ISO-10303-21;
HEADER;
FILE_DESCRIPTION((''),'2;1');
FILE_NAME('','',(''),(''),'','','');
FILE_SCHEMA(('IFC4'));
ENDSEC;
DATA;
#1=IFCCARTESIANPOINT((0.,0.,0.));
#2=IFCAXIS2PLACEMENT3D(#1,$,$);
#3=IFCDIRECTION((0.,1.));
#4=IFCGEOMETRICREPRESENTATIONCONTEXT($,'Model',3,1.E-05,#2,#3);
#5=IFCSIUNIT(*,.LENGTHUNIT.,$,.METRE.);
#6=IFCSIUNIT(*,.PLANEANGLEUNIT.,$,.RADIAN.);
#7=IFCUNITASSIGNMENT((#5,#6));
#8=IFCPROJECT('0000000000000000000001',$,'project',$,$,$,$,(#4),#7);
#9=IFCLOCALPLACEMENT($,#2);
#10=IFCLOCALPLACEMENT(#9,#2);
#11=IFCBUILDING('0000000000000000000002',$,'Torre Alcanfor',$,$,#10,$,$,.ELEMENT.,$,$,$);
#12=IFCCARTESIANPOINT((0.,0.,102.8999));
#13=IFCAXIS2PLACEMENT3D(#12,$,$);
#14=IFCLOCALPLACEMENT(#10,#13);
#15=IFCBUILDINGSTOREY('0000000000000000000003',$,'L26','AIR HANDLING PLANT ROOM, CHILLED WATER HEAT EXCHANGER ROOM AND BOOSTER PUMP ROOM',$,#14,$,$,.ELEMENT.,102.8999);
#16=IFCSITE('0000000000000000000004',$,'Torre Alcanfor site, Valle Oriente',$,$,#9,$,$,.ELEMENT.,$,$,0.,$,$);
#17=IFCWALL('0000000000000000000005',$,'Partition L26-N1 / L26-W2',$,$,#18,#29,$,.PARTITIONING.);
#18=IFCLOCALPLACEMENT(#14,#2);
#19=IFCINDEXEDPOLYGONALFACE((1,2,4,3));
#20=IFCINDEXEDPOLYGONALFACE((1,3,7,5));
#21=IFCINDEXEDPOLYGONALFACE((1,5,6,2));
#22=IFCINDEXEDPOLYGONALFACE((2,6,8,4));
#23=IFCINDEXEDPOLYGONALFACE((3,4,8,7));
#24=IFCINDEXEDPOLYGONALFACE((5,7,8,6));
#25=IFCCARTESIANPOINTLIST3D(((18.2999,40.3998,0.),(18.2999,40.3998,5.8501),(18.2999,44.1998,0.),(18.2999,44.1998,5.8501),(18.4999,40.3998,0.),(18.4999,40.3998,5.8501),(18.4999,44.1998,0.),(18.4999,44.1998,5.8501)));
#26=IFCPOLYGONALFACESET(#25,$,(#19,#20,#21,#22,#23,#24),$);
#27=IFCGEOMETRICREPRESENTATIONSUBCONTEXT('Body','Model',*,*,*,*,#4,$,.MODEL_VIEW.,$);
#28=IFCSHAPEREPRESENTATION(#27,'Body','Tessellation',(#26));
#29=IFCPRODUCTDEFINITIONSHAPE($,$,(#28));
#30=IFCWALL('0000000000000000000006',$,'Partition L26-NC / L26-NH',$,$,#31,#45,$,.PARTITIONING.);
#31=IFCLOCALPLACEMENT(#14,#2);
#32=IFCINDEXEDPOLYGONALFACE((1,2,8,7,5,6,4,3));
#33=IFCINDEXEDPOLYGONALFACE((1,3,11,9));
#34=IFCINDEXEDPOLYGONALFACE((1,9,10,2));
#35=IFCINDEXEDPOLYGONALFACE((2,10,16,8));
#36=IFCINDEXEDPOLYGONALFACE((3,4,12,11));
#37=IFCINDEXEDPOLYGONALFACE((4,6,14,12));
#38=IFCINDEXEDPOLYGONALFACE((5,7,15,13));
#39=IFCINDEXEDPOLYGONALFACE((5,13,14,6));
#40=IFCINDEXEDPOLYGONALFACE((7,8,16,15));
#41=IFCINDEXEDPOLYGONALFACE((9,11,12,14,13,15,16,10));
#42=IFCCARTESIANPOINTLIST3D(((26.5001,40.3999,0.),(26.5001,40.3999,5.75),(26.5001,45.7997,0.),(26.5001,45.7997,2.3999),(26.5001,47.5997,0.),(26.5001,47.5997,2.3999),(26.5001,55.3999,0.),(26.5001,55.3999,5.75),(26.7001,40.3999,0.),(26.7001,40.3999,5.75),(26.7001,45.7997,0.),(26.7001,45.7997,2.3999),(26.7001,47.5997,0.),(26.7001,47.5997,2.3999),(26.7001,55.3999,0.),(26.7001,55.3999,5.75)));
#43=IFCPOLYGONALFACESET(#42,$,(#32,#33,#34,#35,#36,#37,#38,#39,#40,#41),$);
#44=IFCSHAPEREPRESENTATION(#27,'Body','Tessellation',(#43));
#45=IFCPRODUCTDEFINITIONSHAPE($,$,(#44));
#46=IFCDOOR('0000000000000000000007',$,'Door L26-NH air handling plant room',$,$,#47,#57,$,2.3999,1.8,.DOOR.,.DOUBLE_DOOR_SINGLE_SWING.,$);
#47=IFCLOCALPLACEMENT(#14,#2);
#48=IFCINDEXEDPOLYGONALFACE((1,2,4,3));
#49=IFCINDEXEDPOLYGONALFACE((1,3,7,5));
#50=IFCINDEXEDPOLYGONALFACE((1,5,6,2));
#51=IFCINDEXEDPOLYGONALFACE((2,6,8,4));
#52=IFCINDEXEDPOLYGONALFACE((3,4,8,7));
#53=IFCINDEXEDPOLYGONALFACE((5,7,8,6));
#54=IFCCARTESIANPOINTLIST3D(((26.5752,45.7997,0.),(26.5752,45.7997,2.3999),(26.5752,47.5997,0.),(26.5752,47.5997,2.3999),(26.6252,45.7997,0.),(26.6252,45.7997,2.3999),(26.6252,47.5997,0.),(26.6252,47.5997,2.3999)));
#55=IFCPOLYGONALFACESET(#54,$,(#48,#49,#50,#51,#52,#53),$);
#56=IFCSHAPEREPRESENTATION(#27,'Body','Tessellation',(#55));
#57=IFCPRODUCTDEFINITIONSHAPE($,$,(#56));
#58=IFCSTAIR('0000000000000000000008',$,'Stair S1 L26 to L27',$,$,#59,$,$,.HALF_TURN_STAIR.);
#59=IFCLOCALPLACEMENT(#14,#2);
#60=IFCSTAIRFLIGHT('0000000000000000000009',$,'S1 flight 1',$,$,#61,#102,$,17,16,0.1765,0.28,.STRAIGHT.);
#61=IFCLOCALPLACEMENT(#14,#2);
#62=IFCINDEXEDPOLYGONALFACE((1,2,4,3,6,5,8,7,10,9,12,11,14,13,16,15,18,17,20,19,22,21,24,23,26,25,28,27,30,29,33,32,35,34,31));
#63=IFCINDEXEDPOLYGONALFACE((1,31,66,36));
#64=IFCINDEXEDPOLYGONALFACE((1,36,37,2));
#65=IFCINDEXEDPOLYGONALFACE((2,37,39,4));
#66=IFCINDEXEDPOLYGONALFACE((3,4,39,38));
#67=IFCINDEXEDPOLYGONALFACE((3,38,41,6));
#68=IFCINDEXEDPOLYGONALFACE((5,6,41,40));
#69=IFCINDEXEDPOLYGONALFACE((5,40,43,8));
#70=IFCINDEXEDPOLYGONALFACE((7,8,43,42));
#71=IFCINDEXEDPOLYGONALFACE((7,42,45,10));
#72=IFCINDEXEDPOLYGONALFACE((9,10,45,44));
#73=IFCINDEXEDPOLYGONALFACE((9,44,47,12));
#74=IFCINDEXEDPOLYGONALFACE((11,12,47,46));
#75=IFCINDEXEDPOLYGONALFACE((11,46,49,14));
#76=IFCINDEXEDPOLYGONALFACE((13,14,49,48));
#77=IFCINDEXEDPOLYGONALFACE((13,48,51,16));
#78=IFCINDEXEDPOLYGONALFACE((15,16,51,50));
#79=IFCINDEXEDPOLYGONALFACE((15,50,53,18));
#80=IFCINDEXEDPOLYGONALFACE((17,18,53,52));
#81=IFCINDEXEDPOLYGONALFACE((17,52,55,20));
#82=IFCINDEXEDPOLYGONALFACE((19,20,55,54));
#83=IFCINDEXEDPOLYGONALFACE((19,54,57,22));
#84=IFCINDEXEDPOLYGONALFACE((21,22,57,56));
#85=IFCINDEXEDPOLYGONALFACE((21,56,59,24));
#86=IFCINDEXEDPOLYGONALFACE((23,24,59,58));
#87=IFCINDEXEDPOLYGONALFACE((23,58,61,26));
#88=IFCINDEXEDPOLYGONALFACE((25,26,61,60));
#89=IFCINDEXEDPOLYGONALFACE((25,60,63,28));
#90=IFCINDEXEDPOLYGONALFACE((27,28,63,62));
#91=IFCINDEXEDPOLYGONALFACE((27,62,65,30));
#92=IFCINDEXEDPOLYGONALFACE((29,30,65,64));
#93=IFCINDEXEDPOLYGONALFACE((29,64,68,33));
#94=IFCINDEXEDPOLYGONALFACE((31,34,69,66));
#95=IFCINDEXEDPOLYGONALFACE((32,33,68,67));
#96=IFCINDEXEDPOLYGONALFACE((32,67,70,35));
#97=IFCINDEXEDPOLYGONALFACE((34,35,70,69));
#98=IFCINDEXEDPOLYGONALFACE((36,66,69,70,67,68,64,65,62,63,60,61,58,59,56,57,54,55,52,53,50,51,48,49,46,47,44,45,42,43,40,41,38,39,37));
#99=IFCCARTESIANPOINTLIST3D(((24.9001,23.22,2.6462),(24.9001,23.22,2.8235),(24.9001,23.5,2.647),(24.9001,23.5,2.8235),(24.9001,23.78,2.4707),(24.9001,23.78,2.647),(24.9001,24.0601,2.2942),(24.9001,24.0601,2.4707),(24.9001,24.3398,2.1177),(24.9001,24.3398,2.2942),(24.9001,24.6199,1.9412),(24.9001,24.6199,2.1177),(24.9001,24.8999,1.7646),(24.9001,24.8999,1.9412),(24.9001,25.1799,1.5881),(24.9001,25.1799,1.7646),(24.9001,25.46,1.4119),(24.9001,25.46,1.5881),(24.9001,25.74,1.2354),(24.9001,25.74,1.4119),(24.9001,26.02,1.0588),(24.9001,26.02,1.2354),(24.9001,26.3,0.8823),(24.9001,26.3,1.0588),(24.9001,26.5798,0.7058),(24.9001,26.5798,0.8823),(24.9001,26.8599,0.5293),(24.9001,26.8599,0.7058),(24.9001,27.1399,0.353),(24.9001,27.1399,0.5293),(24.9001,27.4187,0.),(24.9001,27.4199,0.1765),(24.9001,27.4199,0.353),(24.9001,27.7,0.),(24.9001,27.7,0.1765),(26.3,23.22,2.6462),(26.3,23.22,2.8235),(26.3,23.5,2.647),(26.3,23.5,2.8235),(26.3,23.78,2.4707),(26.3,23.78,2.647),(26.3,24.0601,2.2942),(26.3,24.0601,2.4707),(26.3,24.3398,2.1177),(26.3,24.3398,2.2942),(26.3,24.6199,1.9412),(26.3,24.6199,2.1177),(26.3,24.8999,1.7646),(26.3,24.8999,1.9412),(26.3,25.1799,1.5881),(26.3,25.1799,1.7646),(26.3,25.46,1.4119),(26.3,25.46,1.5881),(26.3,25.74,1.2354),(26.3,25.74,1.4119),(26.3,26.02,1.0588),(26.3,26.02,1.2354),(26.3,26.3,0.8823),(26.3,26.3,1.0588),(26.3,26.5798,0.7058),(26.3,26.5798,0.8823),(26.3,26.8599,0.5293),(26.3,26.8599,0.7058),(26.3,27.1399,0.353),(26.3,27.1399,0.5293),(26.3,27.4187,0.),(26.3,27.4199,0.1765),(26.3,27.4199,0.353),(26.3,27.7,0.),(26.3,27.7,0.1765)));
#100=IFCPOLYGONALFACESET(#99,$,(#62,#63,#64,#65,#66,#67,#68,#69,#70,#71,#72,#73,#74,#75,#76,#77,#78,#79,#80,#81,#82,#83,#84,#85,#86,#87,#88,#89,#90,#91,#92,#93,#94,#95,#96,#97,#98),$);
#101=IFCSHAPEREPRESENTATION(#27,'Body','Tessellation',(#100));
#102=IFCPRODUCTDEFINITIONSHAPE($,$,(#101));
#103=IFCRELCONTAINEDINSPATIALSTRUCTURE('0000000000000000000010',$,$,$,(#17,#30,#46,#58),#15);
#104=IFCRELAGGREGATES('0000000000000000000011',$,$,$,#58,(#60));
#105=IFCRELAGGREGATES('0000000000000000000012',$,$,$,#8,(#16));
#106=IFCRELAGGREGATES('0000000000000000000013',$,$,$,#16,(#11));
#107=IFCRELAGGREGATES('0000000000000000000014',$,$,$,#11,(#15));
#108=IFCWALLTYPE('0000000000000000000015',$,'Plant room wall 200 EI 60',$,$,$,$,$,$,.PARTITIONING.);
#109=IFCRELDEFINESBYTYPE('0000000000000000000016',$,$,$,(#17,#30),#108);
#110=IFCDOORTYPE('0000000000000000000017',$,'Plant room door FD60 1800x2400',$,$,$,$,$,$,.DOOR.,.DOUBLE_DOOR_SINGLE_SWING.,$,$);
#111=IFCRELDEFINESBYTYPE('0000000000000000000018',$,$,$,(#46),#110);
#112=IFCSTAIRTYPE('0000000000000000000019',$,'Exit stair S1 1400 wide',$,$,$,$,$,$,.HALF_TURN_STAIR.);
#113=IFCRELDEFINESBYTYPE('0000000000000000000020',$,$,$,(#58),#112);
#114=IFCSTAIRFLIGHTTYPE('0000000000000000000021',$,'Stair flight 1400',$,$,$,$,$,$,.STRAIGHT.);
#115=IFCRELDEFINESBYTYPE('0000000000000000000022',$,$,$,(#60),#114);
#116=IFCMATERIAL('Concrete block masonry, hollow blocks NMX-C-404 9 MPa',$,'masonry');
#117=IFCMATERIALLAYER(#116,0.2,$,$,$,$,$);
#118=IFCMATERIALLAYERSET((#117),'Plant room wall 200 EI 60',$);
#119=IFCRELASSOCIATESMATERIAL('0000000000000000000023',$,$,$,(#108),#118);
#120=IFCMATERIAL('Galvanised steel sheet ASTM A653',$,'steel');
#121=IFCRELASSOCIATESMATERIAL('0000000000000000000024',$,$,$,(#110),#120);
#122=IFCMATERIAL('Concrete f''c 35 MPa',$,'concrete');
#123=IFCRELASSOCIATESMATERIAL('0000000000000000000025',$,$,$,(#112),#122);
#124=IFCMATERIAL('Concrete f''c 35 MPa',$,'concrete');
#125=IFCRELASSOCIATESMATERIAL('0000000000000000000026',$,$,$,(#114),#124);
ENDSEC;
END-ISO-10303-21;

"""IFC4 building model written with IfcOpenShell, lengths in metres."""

from ifc_helpers import new_model, si_unit, direction, frame, frame_2d, origin, place, context, subcontext, project, spatial, polyline, rectangle, outline, extrude, material, layer, layer_set, type_object, element, fill, aggregate, save


model = new_model("IFC4")

# Units and contexts
model_context = context("Model", 3, precision=1e-05, world=origin(), true_north=direction((0.0, 1.0)))
body_context = subcontext(model_context, "Body", "Model", "MODEL_VIEW")
ifc_project = project(units=[si_unit("LENGTHUNIT", "METRE"), si_unit("PLANEANGLEUNIT", "RADIAN")], contexts=[model_context])

# Site, building, storey
site_placement = place(None, origin())
site = spatial("IfcSite", under=ifc_project, at=site_placement, Name="Torre Alcanfor site, Valle Oriente", CompositionType="ELEMENT", RefElevation=0.0)
building_placement = place(site_placement, origin())
building = spatial("IfcBuilding", under=site, at=building_placement, Name="Torre Alcanfor", CompositionType="ELEMENT")
storey_placement = place(building_placement, frame((0.0, 0.0, 102.8999)))
storey = spatial("IfcBuildingStorey", under=building, at=storey_placement, Name="L26", Description="AIR HANDLING PLANT ROOM, CHILLED WATER HEAT EXCHANGER ROOM AND BOOSTER PUMP ROOM", CompositionType="ELEMENT", Elevation=102.8999)

# Wall
ifc_material_1 = material(Name="Concrete block masonry, hollow blocks NMX-C-404 9 MPa", Category="masonry")
ifc_layer_1 = layer(ifc_material_1, 0.2)
ifc_layer_set_1 = layer_set([ifc_layer_1], Name="Plant room wall 200 EI 60")
wall_type_1 = type_object("IfcWallType", Name="Plant room wall 200 EI 60", PredefinedType="PARTITIONING", material=ifc_layer_set_1)
wall_1_placement = place(storey_placement, frame((18.3999, 40.3999, 0.0), z_axis=(0.0, 0.0, 1.0), x_axis=(0.0, 1.0, 0.0)))
element("IfcWall", 1, at=wall_1_placement, inside=storey, type_object=wall_type_1, Name="Partition L26-N1 / L26-W2", PredefinedType="PARTITIONING", context=body_context, shape_type="SweptSolid", body=[
    extrude(rectangle(XDim=3.8, YDim=0.2, at=frame_2d((1.8999, 0.0))), origin(), (0.0, 0.0, 1.0), 5.8501),
])

# Wall, opening, door
wall_2_placement = place(storey_placement, frame((26.6001, 40.3999, 0.0), z_axis=(0.0, 0.0, 1.0), x_axis=(0.0, 1.0, 0.0)))
wall_2 = element("IfcWall", 2, at=wall_2_placement, inside=storey, type_object=wall_type_1, Name="Partition L26-NC / L26-NH", PredefinedType="PARTITIONING", context=body_context, shape_type="SweptSolid", body=[
    extrude(rectangle(XDim=15.0, YDim=0.2, at=frame_2d((7.5, 0.0))), origin(), (0.0, 0.0, 1.0), 5.75),
])
opening_1_placement = place(wall_2_placement, frame((5.3999, 0.0, 0.0)))
opening_1 = element("IfcOpeningElement", 3, at=opening_1_placement, cuts=wall_2, PredefinedType="OPENING", context=body_context, shape_type="SweptSolid", body=[
    extrude(rectangle(XDim=1.8, YDim=2.3999, at=frame_2d((0.8999, 1.2))), frame((0.0, 0.1099, 0.0), z_axis=(0.0, -1.0, 0.0), x_axis=(1.0, 0.0, 0.0)), (0.0, 0.0, 1.0), 0.22),
])
ifc_material_2 = material(Name="Galvanised steel sheet ASTM A653", Category="steel")
door_type_1 = type_object("IfcDoorType", Name="Plant room door FD60 1800x2400", OperationType="DOUBLE_DOOR_SINGLE_SWING", PredefinedType="DOOR", material=ifc_material_2)
door_1_placement = place(opening_1_placement, origin())
door_1 = element("IfcDoor", 4, at=door_1_placement, inside=storey, type_object=door_type_1, Name="Door L26-NH air handling plant room", OperationType="DOUBLE_DOOR_SINGLE_SWING", OverallHeight=2.3999, OverallWidth=1.8, PredefinedType="DOOR", context=body_context, shape_type="SweptSolid", body=[
    extrude(rectangle(XDim=1.8, YDim=2.3999, at=frame_2d((0.8999, 1.2))), frame((0.0, 0.0249, 0.0), z_axis=(0.0, -1.0, 0.0), x_axis=(1.0, 0.0, 0.0)), (0.0, 0.0, 1.0), 0.05),
])
fill(opening_1, door_1)

# Stair, stair flight
ifc_material_3 = material(Name="Concrete f'c 35 MPa", Category="concrete")
stair_type = type_object("IfcStairType", Name="Exit stair S1 1400 wide", PredefinedType="HALF_TURN_STAIR", material=ifc_material_3)
stair_placement = place(storey_placement, origin())
stair = element("IfcStair", 5, at=stair_placement, inside=storey, type_object=stair_type, Name="Stair S1 L26 to L27", PredefinedType="HALF_TURN_STAIR")
ifc_material_4 = material(Name="Concrete f'c 35 MPa", Category="concrete")
stair_flight_type = type_object("IfcStairFlightType", Name="Stair flight 1400", PredefinedType="STRAIGHT", material=ifc_material_4)
stair_flight_placement = place(storey_placement, frame((25.6001, 27.7, 0.0), z_axis=(0.0, 0.0, 1.0), x_axis=(0.0, -1.0, 0.0)))
stair_flight = element("IfcStairFlight", 6, at=stair_flight_placement, type_object=stair_flight_type, Name="S1 flight 1", NumberOfRisers=17, NumberOfTreads=16, PredefinedType="STRAIGHT", RiserHeight=0.1765, TreadLength=0.28, context=body_context, shape_type="SweptSolid", body=[
    extrude(outline(polyline([(0.0, 0.0), (0.0, 0.1765), (0.28, 0.1765), (0.28, 0.353), (0.5601, 0.353), (0.5601, 0.5293), (0.8401, 0.5293), (0.8401, 0.7058), (1.1201, 0.7058), (1.1201, 0.8823), (1.3999, 0.8823), (1.3999, 1.0588), (1.6799, 1.0588), (1.6799, 1.2354), (1.96, 1.2354), (1.96, 1.4119), (2.24, 1.4119), (2.24, 1.5881), (2.52, 1.5881), (2.52, 1.7646), (2.8, 1.7646), (2.8, 1.9412), (3.0801, 1.9412), (3.0801, 2.1177), (3.3601, 2.1177), (3.3601, 2.2942), (3.6399, 2.2942), (3.6399, 2.4707), (3.9199, 2.4707), (3.9199, 2.647), (4.2, 2.647), (4.2, 2.8235), (4.48, 2.8235), (4.48, 3.0), (4.48, 2.6462), (0.2812, 0.0), (0.0, 0.0)])), frame((0.0, 0.7, 0.0), z_axis=(0.0, -1.0, 0.0), x_axis=(1.0, 0.0, 0.0)), (0.0, 0.0, 1.0), 1.3999),
])
aggregate(stair, [stair_flight])

save(model, "model.ifc")
